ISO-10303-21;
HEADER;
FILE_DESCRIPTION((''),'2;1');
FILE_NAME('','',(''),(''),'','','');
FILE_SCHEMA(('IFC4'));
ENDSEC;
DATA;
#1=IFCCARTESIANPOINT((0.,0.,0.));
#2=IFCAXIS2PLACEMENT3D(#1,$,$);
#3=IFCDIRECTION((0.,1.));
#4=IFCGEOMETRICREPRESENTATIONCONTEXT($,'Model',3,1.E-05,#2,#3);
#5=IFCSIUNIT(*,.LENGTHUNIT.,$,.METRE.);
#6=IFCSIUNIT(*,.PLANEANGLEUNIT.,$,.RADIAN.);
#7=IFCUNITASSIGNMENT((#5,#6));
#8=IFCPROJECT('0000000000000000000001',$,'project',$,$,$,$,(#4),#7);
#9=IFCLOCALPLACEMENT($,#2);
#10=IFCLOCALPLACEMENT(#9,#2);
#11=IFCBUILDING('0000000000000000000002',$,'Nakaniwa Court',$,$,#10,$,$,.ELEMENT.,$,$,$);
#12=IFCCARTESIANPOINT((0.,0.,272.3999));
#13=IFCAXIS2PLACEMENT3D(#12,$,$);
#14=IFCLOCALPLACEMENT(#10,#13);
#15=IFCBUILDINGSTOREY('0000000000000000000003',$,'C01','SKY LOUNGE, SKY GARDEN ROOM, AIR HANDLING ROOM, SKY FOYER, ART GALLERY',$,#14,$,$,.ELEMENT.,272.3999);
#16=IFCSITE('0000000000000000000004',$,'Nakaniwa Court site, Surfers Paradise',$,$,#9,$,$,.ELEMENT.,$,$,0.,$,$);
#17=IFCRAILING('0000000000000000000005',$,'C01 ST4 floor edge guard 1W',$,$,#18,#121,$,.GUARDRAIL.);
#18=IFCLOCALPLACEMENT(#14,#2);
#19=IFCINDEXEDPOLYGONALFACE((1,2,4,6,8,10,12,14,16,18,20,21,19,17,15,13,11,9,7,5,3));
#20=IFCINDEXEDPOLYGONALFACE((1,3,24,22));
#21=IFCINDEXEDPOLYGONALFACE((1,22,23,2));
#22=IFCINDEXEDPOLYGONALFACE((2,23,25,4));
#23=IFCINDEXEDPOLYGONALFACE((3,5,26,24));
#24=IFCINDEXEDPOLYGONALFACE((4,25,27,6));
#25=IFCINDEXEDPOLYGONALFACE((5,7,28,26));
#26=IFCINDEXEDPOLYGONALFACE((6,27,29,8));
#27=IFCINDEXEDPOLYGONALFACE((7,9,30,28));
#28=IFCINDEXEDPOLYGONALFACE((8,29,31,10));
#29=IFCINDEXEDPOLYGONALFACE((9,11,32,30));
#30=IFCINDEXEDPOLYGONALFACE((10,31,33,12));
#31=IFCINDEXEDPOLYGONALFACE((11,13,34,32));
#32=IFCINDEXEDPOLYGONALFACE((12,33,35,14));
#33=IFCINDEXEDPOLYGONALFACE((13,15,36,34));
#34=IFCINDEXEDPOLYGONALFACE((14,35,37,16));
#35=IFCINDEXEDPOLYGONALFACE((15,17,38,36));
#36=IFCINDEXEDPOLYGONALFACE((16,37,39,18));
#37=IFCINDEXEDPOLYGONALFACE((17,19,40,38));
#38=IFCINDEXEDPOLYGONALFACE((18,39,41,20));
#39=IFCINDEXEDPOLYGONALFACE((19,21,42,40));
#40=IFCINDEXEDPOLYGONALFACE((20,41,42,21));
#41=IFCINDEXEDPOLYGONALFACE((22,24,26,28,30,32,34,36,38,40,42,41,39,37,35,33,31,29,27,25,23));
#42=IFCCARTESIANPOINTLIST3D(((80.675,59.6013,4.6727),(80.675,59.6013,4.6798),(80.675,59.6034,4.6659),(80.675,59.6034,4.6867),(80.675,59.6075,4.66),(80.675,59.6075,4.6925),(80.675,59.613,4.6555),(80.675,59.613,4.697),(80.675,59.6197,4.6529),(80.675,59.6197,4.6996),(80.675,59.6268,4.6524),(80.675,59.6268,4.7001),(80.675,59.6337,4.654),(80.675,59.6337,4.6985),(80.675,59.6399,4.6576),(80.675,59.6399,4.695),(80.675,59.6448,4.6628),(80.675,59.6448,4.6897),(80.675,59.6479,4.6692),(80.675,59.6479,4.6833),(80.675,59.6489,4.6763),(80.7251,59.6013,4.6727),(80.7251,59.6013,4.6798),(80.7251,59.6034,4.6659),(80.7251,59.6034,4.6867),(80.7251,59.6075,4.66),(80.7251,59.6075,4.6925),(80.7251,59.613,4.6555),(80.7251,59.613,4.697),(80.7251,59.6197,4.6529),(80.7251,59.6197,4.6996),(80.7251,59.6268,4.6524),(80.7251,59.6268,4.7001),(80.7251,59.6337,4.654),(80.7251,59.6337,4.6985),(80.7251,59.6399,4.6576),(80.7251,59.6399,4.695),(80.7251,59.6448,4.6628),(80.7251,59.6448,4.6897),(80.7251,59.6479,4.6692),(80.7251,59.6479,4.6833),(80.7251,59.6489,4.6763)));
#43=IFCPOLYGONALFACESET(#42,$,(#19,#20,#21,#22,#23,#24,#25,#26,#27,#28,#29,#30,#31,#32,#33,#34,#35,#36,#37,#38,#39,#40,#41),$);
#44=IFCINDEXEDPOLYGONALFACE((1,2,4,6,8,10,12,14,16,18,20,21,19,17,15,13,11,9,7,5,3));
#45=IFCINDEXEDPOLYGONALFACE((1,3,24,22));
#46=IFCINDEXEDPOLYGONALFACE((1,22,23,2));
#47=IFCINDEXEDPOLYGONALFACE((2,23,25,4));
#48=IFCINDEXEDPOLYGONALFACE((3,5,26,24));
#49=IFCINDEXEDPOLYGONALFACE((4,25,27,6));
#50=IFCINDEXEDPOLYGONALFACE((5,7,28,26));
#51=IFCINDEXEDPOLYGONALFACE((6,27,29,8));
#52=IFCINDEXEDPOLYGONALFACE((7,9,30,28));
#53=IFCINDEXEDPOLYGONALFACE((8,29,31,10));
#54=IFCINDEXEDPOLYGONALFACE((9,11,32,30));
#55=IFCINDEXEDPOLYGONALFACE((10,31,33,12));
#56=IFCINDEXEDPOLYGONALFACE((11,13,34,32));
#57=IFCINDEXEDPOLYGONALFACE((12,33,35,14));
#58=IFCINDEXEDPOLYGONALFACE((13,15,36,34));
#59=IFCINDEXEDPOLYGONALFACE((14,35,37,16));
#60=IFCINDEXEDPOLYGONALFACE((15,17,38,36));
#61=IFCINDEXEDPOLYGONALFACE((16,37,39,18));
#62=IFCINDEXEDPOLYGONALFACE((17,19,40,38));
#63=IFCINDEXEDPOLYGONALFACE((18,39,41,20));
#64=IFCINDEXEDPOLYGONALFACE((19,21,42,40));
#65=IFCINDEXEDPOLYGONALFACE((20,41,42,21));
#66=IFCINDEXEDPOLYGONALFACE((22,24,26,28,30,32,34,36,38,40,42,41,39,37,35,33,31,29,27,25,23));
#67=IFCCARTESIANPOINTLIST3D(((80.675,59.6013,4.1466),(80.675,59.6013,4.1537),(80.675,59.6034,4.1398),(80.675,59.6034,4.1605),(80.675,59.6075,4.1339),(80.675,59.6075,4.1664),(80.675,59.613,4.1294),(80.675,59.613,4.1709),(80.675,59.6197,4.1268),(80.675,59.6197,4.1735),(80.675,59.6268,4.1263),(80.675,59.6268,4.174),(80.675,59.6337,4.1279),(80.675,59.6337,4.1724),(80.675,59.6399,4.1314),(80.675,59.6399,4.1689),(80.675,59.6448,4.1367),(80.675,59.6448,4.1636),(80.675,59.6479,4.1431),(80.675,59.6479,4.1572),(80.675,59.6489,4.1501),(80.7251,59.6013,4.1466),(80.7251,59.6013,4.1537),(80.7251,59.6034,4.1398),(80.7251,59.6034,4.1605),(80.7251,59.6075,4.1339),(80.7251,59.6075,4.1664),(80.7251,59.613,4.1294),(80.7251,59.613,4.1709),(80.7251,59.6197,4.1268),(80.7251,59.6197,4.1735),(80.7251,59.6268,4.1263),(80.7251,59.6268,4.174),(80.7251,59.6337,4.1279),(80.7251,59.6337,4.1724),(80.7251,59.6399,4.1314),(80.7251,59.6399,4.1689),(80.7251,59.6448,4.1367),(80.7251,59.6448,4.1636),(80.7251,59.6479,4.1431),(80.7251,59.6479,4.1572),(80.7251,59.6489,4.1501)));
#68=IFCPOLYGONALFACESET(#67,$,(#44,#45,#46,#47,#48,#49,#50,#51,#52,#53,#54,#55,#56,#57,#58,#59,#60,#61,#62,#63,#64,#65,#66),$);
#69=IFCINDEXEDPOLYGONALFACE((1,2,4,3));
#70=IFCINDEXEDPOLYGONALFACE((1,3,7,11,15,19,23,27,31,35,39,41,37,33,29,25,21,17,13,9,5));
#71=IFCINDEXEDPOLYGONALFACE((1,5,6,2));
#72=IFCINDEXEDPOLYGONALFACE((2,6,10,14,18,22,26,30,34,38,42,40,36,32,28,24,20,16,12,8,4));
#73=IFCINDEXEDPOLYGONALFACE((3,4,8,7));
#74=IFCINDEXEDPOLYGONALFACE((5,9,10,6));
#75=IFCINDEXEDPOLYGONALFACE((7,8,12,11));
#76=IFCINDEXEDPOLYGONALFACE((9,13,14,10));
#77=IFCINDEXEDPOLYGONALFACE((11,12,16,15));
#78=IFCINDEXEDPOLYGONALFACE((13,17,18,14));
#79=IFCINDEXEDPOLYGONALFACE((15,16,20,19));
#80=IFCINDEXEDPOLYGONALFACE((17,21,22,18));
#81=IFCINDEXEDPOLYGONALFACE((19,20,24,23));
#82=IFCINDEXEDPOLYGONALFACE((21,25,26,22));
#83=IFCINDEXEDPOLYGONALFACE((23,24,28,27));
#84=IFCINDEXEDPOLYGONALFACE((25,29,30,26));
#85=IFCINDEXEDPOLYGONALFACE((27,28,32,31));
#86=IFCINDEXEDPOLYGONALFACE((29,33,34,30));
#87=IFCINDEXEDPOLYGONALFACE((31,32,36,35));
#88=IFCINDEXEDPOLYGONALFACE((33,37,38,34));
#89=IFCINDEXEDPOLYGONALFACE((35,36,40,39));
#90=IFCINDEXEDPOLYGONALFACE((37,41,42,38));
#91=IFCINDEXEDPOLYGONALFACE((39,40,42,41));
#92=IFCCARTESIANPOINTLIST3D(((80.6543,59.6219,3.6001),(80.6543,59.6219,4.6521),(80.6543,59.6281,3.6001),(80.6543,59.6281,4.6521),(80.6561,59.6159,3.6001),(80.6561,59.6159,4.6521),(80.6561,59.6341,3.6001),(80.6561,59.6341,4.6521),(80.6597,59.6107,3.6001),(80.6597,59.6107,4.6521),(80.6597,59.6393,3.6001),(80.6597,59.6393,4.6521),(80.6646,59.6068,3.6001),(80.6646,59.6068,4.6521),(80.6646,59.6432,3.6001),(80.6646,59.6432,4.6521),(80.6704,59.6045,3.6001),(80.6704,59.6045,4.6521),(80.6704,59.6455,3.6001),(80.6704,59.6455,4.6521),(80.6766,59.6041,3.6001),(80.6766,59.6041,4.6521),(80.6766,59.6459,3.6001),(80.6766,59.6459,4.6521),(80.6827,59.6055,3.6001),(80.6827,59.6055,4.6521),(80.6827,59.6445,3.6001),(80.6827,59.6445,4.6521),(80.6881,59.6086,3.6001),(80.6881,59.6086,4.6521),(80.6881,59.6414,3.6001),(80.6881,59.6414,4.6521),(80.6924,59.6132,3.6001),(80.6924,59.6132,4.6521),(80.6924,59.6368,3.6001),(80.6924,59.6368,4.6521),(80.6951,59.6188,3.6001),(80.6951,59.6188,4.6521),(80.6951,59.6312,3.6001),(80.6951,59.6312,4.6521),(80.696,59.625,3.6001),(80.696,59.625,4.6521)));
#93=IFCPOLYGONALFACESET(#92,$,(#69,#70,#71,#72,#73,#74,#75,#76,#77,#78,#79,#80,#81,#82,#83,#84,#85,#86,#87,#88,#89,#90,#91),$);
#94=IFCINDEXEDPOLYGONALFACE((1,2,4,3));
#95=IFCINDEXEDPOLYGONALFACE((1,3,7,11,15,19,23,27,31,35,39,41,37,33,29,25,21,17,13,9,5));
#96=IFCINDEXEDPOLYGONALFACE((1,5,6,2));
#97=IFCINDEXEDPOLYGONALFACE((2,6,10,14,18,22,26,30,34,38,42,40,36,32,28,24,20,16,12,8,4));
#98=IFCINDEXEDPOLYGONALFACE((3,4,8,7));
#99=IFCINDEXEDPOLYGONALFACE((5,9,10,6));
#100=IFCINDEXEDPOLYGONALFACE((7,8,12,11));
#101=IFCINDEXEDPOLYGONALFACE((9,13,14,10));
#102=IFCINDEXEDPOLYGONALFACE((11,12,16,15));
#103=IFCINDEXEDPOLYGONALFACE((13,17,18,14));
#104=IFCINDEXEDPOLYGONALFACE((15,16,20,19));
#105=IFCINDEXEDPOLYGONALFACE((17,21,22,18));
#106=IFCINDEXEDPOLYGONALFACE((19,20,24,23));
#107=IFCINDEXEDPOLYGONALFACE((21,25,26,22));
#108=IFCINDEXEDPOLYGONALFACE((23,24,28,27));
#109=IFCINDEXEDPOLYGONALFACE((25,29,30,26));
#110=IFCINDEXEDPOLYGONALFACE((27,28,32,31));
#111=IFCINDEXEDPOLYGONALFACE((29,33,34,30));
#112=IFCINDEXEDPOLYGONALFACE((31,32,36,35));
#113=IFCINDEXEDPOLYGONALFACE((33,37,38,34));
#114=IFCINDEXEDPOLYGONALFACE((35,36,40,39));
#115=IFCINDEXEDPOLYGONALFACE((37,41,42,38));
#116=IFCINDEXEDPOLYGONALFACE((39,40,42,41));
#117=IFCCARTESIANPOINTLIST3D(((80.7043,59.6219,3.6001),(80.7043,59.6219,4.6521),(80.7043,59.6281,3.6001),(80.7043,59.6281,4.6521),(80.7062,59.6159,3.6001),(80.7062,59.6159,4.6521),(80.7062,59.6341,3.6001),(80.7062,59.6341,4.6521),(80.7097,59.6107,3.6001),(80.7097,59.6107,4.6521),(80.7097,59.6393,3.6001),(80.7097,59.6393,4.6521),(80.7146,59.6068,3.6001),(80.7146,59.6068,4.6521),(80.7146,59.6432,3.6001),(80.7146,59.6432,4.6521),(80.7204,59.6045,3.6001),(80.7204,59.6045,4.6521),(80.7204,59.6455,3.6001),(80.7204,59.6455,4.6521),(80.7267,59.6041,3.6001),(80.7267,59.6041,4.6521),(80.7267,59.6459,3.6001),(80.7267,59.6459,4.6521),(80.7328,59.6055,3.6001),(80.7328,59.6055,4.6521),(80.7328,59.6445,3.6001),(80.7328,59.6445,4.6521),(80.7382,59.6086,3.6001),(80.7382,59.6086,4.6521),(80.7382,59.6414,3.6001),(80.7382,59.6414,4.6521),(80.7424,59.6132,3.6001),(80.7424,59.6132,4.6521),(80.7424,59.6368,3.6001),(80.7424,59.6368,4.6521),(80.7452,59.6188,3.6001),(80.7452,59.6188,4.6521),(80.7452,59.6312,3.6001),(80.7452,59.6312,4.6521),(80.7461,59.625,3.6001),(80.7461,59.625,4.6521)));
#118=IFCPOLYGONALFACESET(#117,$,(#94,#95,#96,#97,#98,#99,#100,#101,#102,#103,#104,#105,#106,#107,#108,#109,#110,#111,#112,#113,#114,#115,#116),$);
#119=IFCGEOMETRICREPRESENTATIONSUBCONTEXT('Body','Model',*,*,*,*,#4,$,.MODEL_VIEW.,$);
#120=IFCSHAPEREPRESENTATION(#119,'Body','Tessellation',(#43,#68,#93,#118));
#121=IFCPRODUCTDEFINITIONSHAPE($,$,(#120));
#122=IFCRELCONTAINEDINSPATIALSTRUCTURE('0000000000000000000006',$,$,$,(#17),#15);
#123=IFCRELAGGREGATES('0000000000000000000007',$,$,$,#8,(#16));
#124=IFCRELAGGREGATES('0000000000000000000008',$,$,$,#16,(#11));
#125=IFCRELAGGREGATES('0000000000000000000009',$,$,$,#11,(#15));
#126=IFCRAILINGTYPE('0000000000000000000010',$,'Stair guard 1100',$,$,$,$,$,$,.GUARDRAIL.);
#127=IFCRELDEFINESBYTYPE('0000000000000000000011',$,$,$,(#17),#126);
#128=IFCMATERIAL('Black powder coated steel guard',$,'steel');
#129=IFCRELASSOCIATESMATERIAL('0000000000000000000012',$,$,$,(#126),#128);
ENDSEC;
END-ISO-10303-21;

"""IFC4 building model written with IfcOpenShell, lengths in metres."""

from ifc_helpers import new_model, si_unit, direction, frame, origin, origin_2d, place, context, subcontext, project, spatial, circle, extrude, material, type_object, element, save


model = new_model("IFC4")

# Units and contexts
model_context = context("Model", 3, precision=1e-05, world=origin(), true_north=direction((0.0, 1.0)))
body_context = subcontext(model_context, "Body", "Model", "MODEL_VIEW")
ifc_project = project(units=[si_unit("LENGTHUNIT", "METRE"), si_unit("PLANEANGLEUNIT", "RADIAN")], contexts=[model_context])

# Site, building, storey
site_placement = place(None, origin())
site = spatial("IfcSite", under=ifc_project, at=site_placement, Name="Nakaniwa Court site, Surfers Paradise", CompositionType="ELEMENT", RefElevation=0.0)
building_placement = place(site_placement, origin())
building = spatial("IfcBuilding", under=site, at=building_placement, Name="Nakaniwa Court", CompositionType="ELEMENT")
storey_placement = place(building_placement, frame((0.0, 0.0, 272.3999)))
storey = spatial("IfcBuildingStorey", under=building, at=storey_placement, Name="C01", Description="SKY LOUNGE, SKY GARDEN ROOM, AIR HANDLING ROOM, SKY FOYER, ART GALLERY", CompositionType="ELEMENT", Elevation=272.3999)

# Railing
ifc_material_1 = material(Name="Black powder coated steel guard", Category="steel")
railing_type_1 = type_object("IfcRailingType", Name="Stair guard 1100", PredefinedType="GUARDRAIL", material=ifc_material_1)
for number, where, name in (
    (1, (80.675, 59.625, 3.6001), "C01 ST4 floor edge guard 1W"),
):
    element("IfcRailing", number, at=place(storey_placement, frame(where)), inside=storey, type_object=railing_type_1, Name=name, PredefinedType="GUARDRAIL", context=body_context, shape_type="SweptSolid", body=[
        extrude(circle(Radius=0.0239, at=origin_2d()), frame((0.0, 0.0, 1.0762), z_axis=(1.0, 0.0, 0.0), x_axis=(0.0, 1.0, 0.0)), (0.0, 0.0, 1.0), 0.05),
        extrude(circle(Radius=0.0239, at=origin_2d()), frame((0.0, 0.0, 0.55), z_axis=(1.0, 0.0, 0.0), x_axis=(0.0, 1.0, 0.0)), (0.0, 0.0, 1.0), 0.05),
        extrude(circle(Radius=0.021, at=origin_2d()), origin(), (0.0, 0.0, 1.0), 1.052),
        extrude(circle(Radius=0.021, at=origin_2d()), frame((0.05, 0.0, 0.0)), (0.0, 0.0, 1.0), 1.052),
    ])

save(model, "model.ifc")
